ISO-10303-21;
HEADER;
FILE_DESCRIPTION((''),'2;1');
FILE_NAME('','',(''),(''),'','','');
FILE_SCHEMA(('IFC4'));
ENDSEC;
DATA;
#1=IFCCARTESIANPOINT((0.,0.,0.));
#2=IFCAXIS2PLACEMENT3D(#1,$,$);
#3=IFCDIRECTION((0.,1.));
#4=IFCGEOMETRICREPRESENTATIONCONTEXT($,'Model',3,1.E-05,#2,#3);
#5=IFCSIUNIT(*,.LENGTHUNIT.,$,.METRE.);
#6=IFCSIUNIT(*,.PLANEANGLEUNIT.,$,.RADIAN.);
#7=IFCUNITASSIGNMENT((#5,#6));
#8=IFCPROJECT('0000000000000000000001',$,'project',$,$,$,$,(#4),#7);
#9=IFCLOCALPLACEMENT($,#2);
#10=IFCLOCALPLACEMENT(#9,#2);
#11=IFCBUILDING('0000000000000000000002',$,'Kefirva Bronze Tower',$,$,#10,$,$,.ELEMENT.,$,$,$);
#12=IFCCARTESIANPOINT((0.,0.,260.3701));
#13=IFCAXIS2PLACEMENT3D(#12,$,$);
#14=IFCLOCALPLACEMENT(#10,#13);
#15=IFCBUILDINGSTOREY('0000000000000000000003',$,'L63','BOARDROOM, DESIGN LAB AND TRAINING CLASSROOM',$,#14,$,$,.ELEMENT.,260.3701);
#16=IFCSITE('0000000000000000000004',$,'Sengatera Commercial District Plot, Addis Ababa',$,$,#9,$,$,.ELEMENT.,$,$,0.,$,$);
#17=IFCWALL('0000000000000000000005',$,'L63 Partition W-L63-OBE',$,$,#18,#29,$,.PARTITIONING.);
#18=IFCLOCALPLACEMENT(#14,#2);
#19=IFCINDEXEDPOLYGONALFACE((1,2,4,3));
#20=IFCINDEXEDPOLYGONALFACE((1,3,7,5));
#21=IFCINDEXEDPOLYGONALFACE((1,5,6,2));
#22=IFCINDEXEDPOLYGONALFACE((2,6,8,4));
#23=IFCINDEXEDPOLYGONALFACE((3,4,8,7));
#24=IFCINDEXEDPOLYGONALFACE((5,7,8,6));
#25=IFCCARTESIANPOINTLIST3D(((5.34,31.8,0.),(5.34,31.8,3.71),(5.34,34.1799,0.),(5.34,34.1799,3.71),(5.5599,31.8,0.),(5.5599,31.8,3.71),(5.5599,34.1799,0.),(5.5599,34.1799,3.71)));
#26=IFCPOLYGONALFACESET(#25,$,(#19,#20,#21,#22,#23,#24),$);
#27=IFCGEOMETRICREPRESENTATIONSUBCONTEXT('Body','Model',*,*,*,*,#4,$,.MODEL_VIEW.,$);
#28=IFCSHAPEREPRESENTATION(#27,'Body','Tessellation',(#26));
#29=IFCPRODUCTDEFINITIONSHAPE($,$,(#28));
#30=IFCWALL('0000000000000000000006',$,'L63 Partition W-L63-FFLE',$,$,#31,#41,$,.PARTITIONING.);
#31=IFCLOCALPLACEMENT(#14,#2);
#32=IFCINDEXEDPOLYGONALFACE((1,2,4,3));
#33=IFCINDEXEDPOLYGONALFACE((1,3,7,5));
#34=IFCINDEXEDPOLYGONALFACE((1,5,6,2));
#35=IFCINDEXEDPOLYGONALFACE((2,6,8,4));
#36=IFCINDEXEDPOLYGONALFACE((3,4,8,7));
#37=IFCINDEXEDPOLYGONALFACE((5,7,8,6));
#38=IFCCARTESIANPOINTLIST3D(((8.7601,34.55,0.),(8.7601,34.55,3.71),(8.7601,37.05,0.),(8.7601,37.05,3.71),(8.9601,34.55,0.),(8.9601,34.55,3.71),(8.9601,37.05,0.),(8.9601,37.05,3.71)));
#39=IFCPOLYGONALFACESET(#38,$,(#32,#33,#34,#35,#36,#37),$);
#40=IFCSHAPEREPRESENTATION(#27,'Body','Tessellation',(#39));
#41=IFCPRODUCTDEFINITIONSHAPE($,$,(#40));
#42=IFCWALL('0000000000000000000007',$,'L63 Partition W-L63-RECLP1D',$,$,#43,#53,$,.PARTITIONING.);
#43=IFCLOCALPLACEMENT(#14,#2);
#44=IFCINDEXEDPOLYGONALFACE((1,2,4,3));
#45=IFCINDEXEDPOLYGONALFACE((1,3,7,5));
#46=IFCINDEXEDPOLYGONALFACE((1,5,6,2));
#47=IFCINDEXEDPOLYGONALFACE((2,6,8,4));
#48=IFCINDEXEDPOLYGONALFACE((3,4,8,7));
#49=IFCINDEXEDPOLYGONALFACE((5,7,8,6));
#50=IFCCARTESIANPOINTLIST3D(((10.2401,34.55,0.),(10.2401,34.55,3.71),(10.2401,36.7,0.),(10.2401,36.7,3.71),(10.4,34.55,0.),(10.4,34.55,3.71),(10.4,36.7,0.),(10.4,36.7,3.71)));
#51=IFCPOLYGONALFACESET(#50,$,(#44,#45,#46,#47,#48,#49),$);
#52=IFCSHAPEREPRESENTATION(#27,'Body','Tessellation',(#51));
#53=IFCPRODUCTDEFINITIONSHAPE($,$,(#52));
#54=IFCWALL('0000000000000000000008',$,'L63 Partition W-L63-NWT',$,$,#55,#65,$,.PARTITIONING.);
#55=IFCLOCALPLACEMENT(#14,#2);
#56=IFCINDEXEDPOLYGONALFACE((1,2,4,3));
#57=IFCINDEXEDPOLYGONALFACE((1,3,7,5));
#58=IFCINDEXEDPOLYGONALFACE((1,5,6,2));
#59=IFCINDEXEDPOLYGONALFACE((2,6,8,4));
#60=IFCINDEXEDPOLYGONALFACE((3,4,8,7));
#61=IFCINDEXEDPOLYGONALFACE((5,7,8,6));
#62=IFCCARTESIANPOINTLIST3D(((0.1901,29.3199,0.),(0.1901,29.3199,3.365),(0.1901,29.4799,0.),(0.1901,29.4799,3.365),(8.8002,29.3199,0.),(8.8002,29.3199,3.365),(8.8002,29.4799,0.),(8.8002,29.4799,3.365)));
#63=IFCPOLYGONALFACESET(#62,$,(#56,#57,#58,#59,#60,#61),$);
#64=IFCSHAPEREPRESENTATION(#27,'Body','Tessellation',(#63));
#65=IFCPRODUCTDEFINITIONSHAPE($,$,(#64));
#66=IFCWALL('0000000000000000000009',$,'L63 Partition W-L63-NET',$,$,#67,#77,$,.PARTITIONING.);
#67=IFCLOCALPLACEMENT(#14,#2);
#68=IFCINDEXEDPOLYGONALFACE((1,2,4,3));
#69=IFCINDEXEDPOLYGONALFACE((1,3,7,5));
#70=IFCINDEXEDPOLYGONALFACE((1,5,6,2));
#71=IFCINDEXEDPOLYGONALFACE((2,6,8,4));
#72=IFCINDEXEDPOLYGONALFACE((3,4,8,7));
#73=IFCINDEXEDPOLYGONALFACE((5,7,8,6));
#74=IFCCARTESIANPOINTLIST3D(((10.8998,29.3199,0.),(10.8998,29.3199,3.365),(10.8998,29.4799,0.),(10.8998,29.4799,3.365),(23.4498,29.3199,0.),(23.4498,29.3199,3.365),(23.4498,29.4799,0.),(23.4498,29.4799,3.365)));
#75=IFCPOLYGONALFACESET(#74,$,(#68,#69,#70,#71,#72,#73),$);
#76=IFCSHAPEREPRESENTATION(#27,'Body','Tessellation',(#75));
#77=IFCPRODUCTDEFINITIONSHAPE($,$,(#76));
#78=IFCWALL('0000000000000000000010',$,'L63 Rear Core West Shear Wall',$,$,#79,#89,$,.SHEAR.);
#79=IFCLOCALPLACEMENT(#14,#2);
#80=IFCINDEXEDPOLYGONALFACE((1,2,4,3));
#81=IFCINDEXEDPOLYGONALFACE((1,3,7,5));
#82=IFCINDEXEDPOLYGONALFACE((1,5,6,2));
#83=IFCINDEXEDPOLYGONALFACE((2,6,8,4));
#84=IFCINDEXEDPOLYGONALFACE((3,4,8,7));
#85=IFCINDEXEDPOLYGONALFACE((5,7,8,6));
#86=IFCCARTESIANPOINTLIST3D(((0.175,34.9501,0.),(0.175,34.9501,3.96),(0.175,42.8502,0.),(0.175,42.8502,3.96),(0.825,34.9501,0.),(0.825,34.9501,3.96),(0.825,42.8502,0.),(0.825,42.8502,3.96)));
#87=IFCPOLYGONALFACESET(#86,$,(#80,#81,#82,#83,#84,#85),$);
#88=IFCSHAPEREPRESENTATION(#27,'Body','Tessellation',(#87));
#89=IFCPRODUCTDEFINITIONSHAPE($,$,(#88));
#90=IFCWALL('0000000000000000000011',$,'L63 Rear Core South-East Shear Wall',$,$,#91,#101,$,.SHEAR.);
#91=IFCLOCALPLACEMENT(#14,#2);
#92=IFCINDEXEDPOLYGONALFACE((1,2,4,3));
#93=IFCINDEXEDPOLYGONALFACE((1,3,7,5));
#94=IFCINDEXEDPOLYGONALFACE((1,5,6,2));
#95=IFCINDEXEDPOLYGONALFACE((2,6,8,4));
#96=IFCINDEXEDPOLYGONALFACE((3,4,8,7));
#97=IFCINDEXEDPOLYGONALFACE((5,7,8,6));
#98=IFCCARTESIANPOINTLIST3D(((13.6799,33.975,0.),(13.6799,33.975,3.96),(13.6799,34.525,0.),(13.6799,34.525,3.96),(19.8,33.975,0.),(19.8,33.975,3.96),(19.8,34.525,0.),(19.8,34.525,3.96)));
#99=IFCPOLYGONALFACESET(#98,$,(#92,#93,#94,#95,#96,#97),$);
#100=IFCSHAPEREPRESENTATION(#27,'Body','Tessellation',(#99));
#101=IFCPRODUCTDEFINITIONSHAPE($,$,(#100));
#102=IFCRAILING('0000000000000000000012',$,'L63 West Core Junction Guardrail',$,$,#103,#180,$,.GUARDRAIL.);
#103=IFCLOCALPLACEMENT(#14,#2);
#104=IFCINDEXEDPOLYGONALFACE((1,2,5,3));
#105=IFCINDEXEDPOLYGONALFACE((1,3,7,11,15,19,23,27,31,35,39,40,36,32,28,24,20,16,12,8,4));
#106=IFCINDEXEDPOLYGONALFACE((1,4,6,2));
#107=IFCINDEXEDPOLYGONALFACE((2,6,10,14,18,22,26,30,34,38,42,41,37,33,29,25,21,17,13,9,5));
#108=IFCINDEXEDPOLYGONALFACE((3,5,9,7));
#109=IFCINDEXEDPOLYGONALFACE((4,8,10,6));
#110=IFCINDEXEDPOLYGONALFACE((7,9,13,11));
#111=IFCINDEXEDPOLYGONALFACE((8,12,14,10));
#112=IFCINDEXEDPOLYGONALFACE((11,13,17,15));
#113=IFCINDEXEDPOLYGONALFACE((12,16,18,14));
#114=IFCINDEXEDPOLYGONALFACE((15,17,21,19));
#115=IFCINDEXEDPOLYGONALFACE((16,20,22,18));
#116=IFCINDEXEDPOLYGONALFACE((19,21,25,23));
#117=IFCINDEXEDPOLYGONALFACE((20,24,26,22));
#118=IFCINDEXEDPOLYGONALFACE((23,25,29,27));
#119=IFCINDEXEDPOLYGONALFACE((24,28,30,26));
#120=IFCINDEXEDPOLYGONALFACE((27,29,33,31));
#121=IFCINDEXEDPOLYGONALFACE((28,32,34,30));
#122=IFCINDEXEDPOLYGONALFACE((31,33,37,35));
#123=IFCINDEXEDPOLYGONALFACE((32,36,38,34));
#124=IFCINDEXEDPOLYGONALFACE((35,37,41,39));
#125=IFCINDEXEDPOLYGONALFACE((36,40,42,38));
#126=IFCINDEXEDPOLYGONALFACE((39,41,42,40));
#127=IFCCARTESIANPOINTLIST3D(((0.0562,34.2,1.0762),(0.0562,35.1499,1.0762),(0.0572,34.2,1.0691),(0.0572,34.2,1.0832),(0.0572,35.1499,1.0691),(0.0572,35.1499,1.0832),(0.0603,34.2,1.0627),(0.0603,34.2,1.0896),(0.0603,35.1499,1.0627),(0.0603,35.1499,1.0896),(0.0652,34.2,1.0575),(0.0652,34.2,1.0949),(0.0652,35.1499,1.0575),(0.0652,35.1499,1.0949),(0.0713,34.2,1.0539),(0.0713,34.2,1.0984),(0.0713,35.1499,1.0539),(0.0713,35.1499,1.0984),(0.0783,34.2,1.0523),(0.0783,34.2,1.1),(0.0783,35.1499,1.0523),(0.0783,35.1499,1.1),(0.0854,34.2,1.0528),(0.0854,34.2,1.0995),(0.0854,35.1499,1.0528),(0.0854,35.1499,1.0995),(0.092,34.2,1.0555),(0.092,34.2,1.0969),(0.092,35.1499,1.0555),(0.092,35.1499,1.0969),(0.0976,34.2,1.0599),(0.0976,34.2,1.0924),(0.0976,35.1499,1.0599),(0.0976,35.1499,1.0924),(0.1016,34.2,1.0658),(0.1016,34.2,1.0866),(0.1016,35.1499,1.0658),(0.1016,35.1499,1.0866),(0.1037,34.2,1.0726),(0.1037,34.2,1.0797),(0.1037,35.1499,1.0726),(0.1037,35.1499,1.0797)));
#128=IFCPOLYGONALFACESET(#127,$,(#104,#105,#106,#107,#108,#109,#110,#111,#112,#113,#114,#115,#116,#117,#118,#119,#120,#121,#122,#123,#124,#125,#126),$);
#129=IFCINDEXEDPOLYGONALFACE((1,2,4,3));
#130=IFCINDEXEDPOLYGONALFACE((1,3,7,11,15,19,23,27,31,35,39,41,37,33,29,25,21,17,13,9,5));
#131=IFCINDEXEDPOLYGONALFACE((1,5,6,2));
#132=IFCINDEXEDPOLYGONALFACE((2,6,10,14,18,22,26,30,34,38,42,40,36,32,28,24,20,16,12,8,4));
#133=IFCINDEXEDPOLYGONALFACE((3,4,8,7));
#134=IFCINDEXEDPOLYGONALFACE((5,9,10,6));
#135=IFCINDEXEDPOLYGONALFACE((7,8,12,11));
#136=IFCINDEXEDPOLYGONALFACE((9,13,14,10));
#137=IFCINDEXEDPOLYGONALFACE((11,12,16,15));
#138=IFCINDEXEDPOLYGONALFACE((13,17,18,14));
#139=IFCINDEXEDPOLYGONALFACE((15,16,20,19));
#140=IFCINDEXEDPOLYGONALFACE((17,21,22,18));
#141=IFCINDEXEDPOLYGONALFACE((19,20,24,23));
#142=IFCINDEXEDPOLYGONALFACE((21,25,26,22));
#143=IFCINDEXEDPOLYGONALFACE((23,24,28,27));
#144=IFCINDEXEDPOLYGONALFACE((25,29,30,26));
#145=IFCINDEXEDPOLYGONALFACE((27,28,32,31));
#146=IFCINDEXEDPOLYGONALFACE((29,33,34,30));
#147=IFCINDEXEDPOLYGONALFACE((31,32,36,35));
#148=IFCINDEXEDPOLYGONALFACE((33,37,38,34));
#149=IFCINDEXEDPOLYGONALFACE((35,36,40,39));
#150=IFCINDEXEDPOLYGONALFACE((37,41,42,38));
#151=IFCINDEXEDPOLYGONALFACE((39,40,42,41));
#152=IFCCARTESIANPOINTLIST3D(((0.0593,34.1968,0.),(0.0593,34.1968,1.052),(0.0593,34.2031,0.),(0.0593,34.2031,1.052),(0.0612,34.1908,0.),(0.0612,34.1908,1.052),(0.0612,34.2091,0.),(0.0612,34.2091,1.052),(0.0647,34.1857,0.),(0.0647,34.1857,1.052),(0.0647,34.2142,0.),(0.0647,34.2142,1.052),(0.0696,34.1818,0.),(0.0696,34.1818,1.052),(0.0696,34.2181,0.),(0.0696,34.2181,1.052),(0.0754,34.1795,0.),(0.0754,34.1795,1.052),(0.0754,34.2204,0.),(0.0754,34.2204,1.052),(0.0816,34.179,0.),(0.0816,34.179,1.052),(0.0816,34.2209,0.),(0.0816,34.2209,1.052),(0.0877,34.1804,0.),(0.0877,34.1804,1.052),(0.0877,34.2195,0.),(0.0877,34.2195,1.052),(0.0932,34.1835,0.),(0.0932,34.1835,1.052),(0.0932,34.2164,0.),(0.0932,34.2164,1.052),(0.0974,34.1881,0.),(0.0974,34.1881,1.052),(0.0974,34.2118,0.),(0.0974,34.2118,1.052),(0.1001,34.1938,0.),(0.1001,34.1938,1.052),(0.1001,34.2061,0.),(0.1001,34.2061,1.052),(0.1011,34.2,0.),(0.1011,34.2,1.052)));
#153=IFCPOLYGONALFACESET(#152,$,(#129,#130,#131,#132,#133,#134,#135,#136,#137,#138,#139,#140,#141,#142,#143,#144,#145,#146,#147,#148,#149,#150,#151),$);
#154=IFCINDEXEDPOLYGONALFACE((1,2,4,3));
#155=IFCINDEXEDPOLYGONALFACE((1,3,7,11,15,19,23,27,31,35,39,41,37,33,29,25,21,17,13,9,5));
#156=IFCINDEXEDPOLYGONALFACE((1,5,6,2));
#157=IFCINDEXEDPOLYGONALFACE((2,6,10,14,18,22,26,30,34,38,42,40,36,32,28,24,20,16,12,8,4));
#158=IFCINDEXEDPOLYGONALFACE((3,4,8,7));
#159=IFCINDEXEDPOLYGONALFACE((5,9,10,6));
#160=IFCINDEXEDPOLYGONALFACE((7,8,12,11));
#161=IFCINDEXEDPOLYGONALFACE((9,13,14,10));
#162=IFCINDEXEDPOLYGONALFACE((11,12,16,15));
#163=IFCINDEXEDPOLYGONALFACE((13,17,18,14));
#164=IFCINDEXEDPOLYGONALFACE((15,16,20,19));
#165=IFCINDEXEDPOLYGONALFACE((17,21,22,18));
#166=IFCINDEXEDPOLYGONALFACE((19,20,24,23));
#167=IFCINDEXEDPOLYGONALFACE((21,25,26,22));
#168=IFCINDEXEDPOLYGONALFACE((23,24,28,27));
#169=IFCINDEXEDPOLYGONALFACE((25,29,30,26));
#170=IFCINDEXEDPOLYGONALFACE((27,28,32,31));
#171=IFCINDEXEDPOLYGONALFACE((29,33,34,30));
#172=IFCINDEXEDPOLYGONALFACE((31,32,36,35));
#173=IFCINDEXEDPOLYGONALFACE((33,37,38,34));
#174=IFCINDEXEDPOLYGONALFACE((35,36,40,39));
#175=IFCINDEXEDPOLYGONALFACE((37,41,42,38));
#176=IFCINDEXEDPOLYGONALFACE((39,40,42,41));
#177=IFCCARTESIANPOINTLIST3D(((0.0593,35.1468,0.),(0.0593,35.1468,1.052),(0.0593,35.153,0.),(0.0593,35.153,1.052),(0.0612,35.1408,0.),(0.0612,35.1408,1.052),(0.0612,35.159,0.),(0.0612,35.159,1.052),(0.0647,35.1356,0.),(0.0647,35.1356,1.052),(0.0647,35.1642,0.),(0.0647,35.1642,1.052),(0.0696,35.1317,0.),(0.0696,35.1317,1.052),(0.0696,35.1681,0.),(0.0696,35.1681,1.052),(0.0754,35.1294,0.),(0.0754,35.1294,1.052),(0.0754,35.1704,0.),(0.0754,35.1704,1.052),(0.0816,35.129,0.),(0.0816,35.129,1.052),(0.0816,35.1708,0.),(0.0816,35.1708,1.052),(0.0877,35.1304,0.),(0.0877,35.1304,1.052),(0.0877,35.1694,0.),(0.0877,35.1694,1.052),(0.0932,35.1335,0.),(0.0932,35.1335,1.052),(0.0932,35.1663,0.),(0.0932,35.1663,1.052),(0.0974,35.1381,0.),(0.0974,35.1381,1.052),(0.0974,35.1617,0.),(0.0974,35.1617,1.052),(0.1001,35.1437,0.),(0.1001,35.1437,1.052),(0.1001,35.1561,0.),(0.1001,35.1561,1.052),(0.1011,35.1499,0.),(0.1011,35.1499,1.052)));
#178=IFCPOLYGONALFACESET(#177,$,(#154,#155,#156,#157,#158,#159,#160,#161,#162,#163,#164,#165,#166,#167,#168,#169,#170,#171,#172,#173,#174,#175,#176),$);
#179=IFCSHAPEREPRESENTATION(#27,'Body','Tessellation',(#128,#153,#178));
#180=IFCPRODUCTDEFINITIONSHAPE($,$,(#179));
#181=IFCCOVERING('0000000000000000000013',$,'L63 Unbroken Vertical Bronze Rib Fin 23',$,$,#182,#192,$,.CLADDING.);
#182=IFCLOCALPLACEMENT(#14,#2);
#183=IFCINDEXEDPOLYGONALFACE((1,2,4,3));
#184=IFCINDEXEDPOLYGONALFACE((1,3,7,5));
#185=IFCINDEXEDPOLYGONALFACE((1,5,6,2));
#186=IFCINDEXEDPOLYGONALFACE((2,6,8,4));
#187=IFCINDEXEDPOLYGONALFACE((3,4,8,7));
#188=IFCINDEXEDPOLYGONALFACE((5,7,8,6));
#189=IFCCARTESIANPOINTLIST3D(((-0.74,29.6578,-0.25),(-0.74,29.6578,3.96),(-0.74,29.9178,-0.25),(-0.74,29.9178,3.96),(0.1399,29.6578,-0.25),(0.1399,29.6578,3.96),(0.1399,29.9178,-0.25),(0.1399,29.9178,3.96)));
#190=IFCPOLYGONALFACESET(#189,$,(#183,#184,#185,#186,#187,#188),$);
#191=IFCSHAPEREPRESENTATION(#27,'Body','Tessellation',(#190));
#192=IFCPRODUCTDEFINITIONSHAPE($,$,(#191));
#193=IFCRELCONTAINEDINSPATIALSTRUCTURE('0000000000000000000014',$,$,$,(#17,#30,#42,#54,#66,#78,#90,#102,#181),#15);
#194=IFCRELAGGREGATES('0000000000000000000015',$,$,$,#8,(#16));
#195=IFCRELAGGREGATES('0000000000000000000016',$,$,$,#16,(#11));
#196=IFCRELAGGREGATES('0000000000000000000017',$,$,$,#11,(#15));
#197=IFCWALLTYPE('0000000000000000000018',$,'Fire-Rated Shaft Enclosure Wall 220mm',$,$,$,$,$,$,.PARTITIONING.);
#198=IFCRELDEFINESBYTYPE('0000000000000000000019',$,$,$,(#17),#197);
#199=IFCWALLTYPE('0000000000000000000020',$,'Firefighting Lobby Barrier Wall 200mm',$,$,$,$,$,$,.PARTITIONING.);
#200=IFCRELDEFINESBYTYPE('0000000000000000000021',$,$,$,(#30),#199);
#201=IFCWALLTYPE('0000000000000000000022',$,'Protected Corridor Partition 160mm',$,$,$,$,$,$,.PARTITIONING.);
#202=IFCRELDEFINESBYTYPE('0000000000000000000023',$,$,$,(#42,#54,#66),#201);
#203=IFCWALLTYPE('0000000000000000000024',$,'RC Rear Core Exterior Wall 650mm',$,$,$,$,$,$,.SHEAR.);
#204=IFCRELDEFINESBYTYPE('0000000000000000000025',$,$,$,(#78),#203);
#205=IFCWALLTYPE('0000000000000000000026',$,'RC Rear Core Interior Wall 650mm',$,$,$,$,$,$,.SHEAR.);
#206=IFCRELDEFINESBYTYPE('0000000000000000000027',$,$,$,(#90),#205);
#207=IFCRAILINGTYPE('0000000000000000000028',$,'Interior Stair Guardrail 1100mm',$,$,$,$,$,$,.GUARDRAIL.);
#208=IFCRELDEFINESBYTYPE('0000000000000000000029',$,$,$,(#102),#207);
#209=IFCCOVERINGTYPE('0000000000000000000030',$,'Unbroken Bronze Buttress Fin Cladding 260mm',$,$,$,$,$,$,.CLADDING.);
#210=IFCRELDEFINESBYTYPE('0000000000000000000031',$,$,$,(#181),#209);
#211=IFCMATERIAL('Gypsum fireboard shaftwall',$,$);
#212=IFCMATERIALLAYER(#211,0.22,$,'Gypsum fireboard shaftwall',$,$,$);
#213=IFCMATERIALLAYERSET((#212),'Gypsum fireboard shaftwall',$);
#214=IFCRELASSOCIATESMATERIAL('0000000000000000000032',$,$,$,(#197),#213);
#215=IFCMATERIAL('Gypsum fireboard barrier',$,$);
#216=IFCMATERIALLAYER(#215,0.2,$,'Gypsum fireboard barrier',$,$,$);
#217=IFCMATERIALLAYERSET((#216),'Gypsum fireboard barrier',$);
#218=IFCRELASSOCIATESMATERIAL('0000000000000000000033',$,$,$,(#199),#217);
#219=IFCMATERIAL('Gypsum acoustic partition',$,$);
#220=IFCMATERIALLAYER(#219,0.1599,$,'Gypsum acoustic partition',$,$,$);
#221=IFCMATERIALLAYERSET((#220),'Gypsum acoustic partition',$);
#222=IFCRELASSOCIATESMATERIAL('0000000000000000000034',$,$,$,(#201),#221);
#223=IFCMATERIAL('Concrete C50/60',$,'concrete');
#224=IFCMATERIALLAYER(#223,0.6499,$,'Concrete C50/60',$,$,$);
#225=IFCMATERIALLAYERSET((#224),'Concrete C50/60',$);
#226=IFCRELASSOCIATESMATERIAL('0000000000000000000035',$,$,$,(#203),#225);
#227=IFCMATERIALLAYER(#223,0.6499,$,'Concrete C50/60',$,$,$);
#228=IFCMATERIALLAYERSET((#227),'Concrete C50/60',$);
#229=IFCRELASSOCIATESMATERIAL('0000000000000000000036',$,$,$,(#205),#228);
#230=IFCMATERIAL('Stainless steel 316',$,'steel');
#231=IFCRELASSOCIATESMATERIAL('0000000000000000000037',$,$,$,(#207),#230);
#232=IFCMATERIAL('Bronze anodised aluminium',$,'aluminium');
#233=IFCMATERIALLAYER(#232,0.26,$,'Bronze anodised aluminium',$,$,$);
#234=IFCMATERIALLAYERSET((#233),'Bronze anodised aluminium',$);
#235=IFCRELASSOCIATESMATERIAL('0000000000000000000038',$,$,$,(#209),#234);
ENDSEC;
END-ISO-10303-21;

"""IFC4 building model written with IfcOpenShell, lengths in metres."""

from ifc_helpers import new_model, si_unit, direction, frame, frame_2d, origin, origin_2d, place, context, subcontext, project, spatial, rectangle, circle, extrude, material, layer, layer_set, type_object, element, save


model = new_model("IFC4")

# Units and contexts
model_context = context("Model", 3, precision=1e-05, world=origin(), true_north=direction((0.0, 1.0)))
body_context = subcontext(model_context, "Body", "Model", "MODEL_VIEW")
ifc_project = project(units=[si_unit("LENGTHUNIT", "METRE"), si_unit("PLANEANGLEUNIT", "RADIAN")], contexts=[model_context])

# Site, building, storey
site_placement = place(None, origin())
site = spatial("IfcSite", under=ifc_project, at=site_placement, Name="Sengatera Commercial District Plot, Addis Ababa", CompositionType="ELEMENT", RefElevation=0.0)
building_placement = place(site_placement, origin())
building = spatial("IfcBuilding", under=site, at=building_placement, Name="Kefirva Bronze Tower", CompositionType="ELEMENT")
storey_placement = place(building_placement, frame((0.0, 0.0, 260.3701)))
storey = spatial("IfcBuildingStorey", under=building, at=storey_placement, Name="L63", Description="BOARDROOM, DESIGN LAB AND TRAINING CLASSROOM", CompositionType="ELEMENT", Elevation=260.3701)

# Shared definitions
ifc_material_1 = material(Name="Concrete C50/60", Category="concrete")

# Shared definitions
ifc_material_2 = material(Name="Bronze anodised aluminium", Category="aluminium")

# Walls
ifc_material_3 = material(Name="Gypsum fireboard shaftwall")
ifc_layer_1 = layer(ifc_material_3, 0.22, Name="Gypsum fireboard shaftwall")
ifc_layer_set_1 = layer_set([ifc_layer_1], Name="Gypsum fireboard shaftwall")
wall_type_1 = type_object("IfcWallType", Name="Fire-Rated Shaft Enclosure Wall 220mm", PredefinedType="PARTITIONING", material=ifc_layer_set_1)
for number, where, z_axis, x_axis, name in (
    (1, (5.45, 31.8, 0.0), (0.0, 0.0, 1.0), (0.0, 1.0, 0.0), "L63 Partition W-L63-OBE"),
):
    element("IfcWall", number, at=place(storey_placement, frame(where, z_axis=z_axis, x_axis=x_axis)), inside=storey, type_object=wall_type_1, Name=name, PredefinedType="PARTITIONING", context=body_context, shape_type="SweptSolid", body=[
        extrude(rectangle(XDim=2.3799, YDim=0.22, at=frame_2d((1.1899, 0.0))), origin(), (0.0, 0.0, 1.0), 3.71),
    ])
ifc_material_4 = material(Name="Gypsum fireboard barrier")
ifc_layer_2 = layer(ifc_material_4, 0.2, Name="Gypsum fireboard barrier")
ifc_layer_set_2 = layer_set([ifc_layer_2], Name="Gypsum fireboard barrier")
wall_type_2 = type_object("IfcWallType", Name="Firefighting Lobby Barrier Wall 200mm", PredefinedType="PARTITIONING", material=ifc_layer_set_2)
wall_1_placement = place(storey_placement, frame((8.8601, 34.55, 0.0), z_axis=(0.0, 0.0, 1.0), x_axis=(0.0, 1.0, 0.0)))
element("IfcWall", 2, at=wall_1_placement, inside=storey, type_object=wall_type_2, Name="L63 Partition W-L63-FFLE", PredefinedType="PARTITIONING", context=body_context, shape_type="SweptSolid", body=[
    extrude(rectangle(XDim=2.5, YDim=0.2, at=frame_2d((1.25, 0.0))), origin(), (0.0, 0.0, 1.0), 3.71),
])
ifc_material_5 = material(Name="Gypsum acoustic partition")
ifc_layer_3 = layer(ifc_material_5, 0.1599, Name="Gypsum acoustic partition")
ifc_layer_set_3 = layer_set([ifc_layer_3], Name="Gypsum acoustic partition")
wall_type_3 = type_object("IfcWallType", Name="Protected Corridor Partition 160mm", PredefinedType="PARTITIONING", material=ifc_layer_set_3)
wall_2_placement = place(storey_placement, frame((10.3201, 34.55, 0.0), z_axis=(0.0, 0.0, 1.0), x_axis=(0.0, 1.0, 0.0)))
element("IfcWall", 3, at=wall_2_placement, inside=storey, type_object=wall_type_3, Name="L63 Partition W-L63-RECLP1D", PredefinedType="PARTITIONING", context=body_context, shape_type="SweptSolid", body=[
    extrude(rectangle(XDim=2.1499, YDim=0.1599, at=frame_2d((1.075, 0.0))), origin(), (0.0, 0.0, 1.0), 3.71),
])
wall_3_placement = place(storey_placement, frame((0.1899, 29.3999, 0.0), z_axis=(0.0, 0.0, 1.0), x_axis=(1.0, 0.0, 0.0)))
element("IfcWall", 4, at=wall_3_placement, inside=storey, type_object=wall_type_3, Name="L63 Partition W-L63-NWT", PredefinedType="PARTITIONING", context=body_context, shape_type="SweptSolid", body=[
    extrude(rectangle(XDim=8.6101, YDim=0.1599, at=frame_2d((4.3052, 0.0))), origin(), (0.0, 0.0, 1.0), 3.365),
])
wall_4_placement = place(storey_placement, frame((10.8999, 29.3999, 0.0), z_axis=(0.0, 0.0, 1.0), x_axis=(1.0, 0.0, 0.0)))
element("IfcWall", 5, at=wall_4_placement, inside=storey, type_object=wall_type_3, Name="L63 Partition W-L63-NET", PredefinedType="PARTITIONING", context=body_context, shape_type="SweptSolid", body=[
    extrude(rectangle(XDim=12.55, YDim=0.1599, at=frame_2d((6.2749, 0.0))), origin(), (0.0, 0.0, 1.0), 3.365),
])
ifc_layer_4 = layer(ifc_material_1, 0.6499, Name="Concrete C50/60")
ifc_layer_set_4 = layer_set([ifc_layer_4], Name="Concrete C50/60")
wall_type_4 = type_object("IfcWallType", Name="RC Rear Core Exterior Wall 650mm", PredefinedType="SHEAR", material=ifc_layer_set_4)
wall_5_placement = place(storey_placement, frame((0.5, 34.95, 0.0), z_axis=(0.0, 0.0, 1.0), x_axis=(0.0, 1.0, 0.0)))
element("IfcWall", 6, at=wall_5_placement, inside=storey, type_object=wall_type_4, Name="L63 Rear Core West Shear Wall", PredefinedType="SHEAR", context=body_context, shape_type="SweptSolid", body=[
    extrude(rectangle(XDim=7.9001, YDim=0.6499, at=frame_2d((3.9502, 0.0))), origin(), (0.0, 0.0, 1.0), 3.96),
])

# Shared definitions
ifc_layer_5 = layer(ifc_material_1, 0.6499, Name="Concrete C50/60")
ifc_layer_set_5 = layer_set([ifc_layer_5], Name="Concrete C50/60")
wall_type_5 = type_object("IfcWallType", Name="RC Rear Core Interior Wall 650mm", PredefinedType="SHEAR", material=ifc_layer_set_5)

# Wall
wall_6_placement = place(storey_placement, frame((13.6799, 34.25, 0.0), z_axis=(0.0, 0.0, 1.0), x_axis=(1.0, 0.0, 0.0)))
element("IfcWall", 7, at=wall_6_placement, inside=storey, type_object=wall_type_5, Name="L63 Rear Core South-East Shear Wall", PredefinedType="SHEAR", context=body_context, shape_type="SweptSolid", body=[
    extrude(rectangle(XDim=6.1201, YDim=0.55, at=frame_2d((3.0601, 0.0))), origin(), (0.0, 0.0, 1.0), 3.96),
])

# Railing
ifc_material_6 = material(Name="Stainless steel 316", Category="steel")
railing_type = type_object("IfcRailingType", Name="Interior Stair Guardrail 1100mm", PredefinedType="GUARDRAIL", material=ifc_material_6)
railing_placement = place(storey_placement, frame((0.0801, 34.2, 0.0)))
element("IfcRailing", 8, at=railing_placement, inside=storey, type_object=railing_type, Name="L63 West Core Junction Guardrail", PredefinedType="GUARDRAIL", context=body_context, shape_type="SweptSolid", body=[
    extrude(circle(Radius=0.0239, at=origin_2d()), frame((0.0, 0.0, 1.0762), z_axis=(0.0, 1.0, 0.0), x_axis=(-1.0, 0.0, 0.0)), (0.0, 0.0, 1.0), 0.95),
    extrude(circle(Radius=0.021, at=origin_2d()), origin(), (0.0, 0.0, 1.0), 1.052),
    extrude(circle(Radius=0.021, at=origin_2d()), frame((0.0, 0.95, 0.0)), (0.0, 0.0, 1.0), 1.052),
])

# Covering
ifc_layer_6 = layer(ifc_material_2, 0.26, Name="Bronze anodised aluminium")
ifc_layer_set_6 = layer_set([ifc_layer_6], Name="Bronze anodised aluminium")
covering_type = type_object("IfcCoveringType", Name="Unbroken Bronze Buttress Fin Cladding 260mm", PredefinedType="CLADDING", material=ifc_layer_set_6)
covering_placement = place(storey_placement, frame((-0.3, 29.7878, -0.25), z_axis=(0.0, 0.0, 1.0), x_axis=(0.0, -1.0, 0.0)))
element("IfcCovering", 9, at=covering_placement, inside=storey, type_object=covering_type, Name="L63 Unbroken Vertical Bronze Rib Fin 23", PredefinedType="CLADDING", context=body_context, shape_type="SweptSolid", body=[
    extrude(rectangle(XDim=0.26, YDim=0.8799, at=origin_2d()), origin(), (0.0, 0.0, 1.0), 4.21),
])

save(model, "model.ifc")
